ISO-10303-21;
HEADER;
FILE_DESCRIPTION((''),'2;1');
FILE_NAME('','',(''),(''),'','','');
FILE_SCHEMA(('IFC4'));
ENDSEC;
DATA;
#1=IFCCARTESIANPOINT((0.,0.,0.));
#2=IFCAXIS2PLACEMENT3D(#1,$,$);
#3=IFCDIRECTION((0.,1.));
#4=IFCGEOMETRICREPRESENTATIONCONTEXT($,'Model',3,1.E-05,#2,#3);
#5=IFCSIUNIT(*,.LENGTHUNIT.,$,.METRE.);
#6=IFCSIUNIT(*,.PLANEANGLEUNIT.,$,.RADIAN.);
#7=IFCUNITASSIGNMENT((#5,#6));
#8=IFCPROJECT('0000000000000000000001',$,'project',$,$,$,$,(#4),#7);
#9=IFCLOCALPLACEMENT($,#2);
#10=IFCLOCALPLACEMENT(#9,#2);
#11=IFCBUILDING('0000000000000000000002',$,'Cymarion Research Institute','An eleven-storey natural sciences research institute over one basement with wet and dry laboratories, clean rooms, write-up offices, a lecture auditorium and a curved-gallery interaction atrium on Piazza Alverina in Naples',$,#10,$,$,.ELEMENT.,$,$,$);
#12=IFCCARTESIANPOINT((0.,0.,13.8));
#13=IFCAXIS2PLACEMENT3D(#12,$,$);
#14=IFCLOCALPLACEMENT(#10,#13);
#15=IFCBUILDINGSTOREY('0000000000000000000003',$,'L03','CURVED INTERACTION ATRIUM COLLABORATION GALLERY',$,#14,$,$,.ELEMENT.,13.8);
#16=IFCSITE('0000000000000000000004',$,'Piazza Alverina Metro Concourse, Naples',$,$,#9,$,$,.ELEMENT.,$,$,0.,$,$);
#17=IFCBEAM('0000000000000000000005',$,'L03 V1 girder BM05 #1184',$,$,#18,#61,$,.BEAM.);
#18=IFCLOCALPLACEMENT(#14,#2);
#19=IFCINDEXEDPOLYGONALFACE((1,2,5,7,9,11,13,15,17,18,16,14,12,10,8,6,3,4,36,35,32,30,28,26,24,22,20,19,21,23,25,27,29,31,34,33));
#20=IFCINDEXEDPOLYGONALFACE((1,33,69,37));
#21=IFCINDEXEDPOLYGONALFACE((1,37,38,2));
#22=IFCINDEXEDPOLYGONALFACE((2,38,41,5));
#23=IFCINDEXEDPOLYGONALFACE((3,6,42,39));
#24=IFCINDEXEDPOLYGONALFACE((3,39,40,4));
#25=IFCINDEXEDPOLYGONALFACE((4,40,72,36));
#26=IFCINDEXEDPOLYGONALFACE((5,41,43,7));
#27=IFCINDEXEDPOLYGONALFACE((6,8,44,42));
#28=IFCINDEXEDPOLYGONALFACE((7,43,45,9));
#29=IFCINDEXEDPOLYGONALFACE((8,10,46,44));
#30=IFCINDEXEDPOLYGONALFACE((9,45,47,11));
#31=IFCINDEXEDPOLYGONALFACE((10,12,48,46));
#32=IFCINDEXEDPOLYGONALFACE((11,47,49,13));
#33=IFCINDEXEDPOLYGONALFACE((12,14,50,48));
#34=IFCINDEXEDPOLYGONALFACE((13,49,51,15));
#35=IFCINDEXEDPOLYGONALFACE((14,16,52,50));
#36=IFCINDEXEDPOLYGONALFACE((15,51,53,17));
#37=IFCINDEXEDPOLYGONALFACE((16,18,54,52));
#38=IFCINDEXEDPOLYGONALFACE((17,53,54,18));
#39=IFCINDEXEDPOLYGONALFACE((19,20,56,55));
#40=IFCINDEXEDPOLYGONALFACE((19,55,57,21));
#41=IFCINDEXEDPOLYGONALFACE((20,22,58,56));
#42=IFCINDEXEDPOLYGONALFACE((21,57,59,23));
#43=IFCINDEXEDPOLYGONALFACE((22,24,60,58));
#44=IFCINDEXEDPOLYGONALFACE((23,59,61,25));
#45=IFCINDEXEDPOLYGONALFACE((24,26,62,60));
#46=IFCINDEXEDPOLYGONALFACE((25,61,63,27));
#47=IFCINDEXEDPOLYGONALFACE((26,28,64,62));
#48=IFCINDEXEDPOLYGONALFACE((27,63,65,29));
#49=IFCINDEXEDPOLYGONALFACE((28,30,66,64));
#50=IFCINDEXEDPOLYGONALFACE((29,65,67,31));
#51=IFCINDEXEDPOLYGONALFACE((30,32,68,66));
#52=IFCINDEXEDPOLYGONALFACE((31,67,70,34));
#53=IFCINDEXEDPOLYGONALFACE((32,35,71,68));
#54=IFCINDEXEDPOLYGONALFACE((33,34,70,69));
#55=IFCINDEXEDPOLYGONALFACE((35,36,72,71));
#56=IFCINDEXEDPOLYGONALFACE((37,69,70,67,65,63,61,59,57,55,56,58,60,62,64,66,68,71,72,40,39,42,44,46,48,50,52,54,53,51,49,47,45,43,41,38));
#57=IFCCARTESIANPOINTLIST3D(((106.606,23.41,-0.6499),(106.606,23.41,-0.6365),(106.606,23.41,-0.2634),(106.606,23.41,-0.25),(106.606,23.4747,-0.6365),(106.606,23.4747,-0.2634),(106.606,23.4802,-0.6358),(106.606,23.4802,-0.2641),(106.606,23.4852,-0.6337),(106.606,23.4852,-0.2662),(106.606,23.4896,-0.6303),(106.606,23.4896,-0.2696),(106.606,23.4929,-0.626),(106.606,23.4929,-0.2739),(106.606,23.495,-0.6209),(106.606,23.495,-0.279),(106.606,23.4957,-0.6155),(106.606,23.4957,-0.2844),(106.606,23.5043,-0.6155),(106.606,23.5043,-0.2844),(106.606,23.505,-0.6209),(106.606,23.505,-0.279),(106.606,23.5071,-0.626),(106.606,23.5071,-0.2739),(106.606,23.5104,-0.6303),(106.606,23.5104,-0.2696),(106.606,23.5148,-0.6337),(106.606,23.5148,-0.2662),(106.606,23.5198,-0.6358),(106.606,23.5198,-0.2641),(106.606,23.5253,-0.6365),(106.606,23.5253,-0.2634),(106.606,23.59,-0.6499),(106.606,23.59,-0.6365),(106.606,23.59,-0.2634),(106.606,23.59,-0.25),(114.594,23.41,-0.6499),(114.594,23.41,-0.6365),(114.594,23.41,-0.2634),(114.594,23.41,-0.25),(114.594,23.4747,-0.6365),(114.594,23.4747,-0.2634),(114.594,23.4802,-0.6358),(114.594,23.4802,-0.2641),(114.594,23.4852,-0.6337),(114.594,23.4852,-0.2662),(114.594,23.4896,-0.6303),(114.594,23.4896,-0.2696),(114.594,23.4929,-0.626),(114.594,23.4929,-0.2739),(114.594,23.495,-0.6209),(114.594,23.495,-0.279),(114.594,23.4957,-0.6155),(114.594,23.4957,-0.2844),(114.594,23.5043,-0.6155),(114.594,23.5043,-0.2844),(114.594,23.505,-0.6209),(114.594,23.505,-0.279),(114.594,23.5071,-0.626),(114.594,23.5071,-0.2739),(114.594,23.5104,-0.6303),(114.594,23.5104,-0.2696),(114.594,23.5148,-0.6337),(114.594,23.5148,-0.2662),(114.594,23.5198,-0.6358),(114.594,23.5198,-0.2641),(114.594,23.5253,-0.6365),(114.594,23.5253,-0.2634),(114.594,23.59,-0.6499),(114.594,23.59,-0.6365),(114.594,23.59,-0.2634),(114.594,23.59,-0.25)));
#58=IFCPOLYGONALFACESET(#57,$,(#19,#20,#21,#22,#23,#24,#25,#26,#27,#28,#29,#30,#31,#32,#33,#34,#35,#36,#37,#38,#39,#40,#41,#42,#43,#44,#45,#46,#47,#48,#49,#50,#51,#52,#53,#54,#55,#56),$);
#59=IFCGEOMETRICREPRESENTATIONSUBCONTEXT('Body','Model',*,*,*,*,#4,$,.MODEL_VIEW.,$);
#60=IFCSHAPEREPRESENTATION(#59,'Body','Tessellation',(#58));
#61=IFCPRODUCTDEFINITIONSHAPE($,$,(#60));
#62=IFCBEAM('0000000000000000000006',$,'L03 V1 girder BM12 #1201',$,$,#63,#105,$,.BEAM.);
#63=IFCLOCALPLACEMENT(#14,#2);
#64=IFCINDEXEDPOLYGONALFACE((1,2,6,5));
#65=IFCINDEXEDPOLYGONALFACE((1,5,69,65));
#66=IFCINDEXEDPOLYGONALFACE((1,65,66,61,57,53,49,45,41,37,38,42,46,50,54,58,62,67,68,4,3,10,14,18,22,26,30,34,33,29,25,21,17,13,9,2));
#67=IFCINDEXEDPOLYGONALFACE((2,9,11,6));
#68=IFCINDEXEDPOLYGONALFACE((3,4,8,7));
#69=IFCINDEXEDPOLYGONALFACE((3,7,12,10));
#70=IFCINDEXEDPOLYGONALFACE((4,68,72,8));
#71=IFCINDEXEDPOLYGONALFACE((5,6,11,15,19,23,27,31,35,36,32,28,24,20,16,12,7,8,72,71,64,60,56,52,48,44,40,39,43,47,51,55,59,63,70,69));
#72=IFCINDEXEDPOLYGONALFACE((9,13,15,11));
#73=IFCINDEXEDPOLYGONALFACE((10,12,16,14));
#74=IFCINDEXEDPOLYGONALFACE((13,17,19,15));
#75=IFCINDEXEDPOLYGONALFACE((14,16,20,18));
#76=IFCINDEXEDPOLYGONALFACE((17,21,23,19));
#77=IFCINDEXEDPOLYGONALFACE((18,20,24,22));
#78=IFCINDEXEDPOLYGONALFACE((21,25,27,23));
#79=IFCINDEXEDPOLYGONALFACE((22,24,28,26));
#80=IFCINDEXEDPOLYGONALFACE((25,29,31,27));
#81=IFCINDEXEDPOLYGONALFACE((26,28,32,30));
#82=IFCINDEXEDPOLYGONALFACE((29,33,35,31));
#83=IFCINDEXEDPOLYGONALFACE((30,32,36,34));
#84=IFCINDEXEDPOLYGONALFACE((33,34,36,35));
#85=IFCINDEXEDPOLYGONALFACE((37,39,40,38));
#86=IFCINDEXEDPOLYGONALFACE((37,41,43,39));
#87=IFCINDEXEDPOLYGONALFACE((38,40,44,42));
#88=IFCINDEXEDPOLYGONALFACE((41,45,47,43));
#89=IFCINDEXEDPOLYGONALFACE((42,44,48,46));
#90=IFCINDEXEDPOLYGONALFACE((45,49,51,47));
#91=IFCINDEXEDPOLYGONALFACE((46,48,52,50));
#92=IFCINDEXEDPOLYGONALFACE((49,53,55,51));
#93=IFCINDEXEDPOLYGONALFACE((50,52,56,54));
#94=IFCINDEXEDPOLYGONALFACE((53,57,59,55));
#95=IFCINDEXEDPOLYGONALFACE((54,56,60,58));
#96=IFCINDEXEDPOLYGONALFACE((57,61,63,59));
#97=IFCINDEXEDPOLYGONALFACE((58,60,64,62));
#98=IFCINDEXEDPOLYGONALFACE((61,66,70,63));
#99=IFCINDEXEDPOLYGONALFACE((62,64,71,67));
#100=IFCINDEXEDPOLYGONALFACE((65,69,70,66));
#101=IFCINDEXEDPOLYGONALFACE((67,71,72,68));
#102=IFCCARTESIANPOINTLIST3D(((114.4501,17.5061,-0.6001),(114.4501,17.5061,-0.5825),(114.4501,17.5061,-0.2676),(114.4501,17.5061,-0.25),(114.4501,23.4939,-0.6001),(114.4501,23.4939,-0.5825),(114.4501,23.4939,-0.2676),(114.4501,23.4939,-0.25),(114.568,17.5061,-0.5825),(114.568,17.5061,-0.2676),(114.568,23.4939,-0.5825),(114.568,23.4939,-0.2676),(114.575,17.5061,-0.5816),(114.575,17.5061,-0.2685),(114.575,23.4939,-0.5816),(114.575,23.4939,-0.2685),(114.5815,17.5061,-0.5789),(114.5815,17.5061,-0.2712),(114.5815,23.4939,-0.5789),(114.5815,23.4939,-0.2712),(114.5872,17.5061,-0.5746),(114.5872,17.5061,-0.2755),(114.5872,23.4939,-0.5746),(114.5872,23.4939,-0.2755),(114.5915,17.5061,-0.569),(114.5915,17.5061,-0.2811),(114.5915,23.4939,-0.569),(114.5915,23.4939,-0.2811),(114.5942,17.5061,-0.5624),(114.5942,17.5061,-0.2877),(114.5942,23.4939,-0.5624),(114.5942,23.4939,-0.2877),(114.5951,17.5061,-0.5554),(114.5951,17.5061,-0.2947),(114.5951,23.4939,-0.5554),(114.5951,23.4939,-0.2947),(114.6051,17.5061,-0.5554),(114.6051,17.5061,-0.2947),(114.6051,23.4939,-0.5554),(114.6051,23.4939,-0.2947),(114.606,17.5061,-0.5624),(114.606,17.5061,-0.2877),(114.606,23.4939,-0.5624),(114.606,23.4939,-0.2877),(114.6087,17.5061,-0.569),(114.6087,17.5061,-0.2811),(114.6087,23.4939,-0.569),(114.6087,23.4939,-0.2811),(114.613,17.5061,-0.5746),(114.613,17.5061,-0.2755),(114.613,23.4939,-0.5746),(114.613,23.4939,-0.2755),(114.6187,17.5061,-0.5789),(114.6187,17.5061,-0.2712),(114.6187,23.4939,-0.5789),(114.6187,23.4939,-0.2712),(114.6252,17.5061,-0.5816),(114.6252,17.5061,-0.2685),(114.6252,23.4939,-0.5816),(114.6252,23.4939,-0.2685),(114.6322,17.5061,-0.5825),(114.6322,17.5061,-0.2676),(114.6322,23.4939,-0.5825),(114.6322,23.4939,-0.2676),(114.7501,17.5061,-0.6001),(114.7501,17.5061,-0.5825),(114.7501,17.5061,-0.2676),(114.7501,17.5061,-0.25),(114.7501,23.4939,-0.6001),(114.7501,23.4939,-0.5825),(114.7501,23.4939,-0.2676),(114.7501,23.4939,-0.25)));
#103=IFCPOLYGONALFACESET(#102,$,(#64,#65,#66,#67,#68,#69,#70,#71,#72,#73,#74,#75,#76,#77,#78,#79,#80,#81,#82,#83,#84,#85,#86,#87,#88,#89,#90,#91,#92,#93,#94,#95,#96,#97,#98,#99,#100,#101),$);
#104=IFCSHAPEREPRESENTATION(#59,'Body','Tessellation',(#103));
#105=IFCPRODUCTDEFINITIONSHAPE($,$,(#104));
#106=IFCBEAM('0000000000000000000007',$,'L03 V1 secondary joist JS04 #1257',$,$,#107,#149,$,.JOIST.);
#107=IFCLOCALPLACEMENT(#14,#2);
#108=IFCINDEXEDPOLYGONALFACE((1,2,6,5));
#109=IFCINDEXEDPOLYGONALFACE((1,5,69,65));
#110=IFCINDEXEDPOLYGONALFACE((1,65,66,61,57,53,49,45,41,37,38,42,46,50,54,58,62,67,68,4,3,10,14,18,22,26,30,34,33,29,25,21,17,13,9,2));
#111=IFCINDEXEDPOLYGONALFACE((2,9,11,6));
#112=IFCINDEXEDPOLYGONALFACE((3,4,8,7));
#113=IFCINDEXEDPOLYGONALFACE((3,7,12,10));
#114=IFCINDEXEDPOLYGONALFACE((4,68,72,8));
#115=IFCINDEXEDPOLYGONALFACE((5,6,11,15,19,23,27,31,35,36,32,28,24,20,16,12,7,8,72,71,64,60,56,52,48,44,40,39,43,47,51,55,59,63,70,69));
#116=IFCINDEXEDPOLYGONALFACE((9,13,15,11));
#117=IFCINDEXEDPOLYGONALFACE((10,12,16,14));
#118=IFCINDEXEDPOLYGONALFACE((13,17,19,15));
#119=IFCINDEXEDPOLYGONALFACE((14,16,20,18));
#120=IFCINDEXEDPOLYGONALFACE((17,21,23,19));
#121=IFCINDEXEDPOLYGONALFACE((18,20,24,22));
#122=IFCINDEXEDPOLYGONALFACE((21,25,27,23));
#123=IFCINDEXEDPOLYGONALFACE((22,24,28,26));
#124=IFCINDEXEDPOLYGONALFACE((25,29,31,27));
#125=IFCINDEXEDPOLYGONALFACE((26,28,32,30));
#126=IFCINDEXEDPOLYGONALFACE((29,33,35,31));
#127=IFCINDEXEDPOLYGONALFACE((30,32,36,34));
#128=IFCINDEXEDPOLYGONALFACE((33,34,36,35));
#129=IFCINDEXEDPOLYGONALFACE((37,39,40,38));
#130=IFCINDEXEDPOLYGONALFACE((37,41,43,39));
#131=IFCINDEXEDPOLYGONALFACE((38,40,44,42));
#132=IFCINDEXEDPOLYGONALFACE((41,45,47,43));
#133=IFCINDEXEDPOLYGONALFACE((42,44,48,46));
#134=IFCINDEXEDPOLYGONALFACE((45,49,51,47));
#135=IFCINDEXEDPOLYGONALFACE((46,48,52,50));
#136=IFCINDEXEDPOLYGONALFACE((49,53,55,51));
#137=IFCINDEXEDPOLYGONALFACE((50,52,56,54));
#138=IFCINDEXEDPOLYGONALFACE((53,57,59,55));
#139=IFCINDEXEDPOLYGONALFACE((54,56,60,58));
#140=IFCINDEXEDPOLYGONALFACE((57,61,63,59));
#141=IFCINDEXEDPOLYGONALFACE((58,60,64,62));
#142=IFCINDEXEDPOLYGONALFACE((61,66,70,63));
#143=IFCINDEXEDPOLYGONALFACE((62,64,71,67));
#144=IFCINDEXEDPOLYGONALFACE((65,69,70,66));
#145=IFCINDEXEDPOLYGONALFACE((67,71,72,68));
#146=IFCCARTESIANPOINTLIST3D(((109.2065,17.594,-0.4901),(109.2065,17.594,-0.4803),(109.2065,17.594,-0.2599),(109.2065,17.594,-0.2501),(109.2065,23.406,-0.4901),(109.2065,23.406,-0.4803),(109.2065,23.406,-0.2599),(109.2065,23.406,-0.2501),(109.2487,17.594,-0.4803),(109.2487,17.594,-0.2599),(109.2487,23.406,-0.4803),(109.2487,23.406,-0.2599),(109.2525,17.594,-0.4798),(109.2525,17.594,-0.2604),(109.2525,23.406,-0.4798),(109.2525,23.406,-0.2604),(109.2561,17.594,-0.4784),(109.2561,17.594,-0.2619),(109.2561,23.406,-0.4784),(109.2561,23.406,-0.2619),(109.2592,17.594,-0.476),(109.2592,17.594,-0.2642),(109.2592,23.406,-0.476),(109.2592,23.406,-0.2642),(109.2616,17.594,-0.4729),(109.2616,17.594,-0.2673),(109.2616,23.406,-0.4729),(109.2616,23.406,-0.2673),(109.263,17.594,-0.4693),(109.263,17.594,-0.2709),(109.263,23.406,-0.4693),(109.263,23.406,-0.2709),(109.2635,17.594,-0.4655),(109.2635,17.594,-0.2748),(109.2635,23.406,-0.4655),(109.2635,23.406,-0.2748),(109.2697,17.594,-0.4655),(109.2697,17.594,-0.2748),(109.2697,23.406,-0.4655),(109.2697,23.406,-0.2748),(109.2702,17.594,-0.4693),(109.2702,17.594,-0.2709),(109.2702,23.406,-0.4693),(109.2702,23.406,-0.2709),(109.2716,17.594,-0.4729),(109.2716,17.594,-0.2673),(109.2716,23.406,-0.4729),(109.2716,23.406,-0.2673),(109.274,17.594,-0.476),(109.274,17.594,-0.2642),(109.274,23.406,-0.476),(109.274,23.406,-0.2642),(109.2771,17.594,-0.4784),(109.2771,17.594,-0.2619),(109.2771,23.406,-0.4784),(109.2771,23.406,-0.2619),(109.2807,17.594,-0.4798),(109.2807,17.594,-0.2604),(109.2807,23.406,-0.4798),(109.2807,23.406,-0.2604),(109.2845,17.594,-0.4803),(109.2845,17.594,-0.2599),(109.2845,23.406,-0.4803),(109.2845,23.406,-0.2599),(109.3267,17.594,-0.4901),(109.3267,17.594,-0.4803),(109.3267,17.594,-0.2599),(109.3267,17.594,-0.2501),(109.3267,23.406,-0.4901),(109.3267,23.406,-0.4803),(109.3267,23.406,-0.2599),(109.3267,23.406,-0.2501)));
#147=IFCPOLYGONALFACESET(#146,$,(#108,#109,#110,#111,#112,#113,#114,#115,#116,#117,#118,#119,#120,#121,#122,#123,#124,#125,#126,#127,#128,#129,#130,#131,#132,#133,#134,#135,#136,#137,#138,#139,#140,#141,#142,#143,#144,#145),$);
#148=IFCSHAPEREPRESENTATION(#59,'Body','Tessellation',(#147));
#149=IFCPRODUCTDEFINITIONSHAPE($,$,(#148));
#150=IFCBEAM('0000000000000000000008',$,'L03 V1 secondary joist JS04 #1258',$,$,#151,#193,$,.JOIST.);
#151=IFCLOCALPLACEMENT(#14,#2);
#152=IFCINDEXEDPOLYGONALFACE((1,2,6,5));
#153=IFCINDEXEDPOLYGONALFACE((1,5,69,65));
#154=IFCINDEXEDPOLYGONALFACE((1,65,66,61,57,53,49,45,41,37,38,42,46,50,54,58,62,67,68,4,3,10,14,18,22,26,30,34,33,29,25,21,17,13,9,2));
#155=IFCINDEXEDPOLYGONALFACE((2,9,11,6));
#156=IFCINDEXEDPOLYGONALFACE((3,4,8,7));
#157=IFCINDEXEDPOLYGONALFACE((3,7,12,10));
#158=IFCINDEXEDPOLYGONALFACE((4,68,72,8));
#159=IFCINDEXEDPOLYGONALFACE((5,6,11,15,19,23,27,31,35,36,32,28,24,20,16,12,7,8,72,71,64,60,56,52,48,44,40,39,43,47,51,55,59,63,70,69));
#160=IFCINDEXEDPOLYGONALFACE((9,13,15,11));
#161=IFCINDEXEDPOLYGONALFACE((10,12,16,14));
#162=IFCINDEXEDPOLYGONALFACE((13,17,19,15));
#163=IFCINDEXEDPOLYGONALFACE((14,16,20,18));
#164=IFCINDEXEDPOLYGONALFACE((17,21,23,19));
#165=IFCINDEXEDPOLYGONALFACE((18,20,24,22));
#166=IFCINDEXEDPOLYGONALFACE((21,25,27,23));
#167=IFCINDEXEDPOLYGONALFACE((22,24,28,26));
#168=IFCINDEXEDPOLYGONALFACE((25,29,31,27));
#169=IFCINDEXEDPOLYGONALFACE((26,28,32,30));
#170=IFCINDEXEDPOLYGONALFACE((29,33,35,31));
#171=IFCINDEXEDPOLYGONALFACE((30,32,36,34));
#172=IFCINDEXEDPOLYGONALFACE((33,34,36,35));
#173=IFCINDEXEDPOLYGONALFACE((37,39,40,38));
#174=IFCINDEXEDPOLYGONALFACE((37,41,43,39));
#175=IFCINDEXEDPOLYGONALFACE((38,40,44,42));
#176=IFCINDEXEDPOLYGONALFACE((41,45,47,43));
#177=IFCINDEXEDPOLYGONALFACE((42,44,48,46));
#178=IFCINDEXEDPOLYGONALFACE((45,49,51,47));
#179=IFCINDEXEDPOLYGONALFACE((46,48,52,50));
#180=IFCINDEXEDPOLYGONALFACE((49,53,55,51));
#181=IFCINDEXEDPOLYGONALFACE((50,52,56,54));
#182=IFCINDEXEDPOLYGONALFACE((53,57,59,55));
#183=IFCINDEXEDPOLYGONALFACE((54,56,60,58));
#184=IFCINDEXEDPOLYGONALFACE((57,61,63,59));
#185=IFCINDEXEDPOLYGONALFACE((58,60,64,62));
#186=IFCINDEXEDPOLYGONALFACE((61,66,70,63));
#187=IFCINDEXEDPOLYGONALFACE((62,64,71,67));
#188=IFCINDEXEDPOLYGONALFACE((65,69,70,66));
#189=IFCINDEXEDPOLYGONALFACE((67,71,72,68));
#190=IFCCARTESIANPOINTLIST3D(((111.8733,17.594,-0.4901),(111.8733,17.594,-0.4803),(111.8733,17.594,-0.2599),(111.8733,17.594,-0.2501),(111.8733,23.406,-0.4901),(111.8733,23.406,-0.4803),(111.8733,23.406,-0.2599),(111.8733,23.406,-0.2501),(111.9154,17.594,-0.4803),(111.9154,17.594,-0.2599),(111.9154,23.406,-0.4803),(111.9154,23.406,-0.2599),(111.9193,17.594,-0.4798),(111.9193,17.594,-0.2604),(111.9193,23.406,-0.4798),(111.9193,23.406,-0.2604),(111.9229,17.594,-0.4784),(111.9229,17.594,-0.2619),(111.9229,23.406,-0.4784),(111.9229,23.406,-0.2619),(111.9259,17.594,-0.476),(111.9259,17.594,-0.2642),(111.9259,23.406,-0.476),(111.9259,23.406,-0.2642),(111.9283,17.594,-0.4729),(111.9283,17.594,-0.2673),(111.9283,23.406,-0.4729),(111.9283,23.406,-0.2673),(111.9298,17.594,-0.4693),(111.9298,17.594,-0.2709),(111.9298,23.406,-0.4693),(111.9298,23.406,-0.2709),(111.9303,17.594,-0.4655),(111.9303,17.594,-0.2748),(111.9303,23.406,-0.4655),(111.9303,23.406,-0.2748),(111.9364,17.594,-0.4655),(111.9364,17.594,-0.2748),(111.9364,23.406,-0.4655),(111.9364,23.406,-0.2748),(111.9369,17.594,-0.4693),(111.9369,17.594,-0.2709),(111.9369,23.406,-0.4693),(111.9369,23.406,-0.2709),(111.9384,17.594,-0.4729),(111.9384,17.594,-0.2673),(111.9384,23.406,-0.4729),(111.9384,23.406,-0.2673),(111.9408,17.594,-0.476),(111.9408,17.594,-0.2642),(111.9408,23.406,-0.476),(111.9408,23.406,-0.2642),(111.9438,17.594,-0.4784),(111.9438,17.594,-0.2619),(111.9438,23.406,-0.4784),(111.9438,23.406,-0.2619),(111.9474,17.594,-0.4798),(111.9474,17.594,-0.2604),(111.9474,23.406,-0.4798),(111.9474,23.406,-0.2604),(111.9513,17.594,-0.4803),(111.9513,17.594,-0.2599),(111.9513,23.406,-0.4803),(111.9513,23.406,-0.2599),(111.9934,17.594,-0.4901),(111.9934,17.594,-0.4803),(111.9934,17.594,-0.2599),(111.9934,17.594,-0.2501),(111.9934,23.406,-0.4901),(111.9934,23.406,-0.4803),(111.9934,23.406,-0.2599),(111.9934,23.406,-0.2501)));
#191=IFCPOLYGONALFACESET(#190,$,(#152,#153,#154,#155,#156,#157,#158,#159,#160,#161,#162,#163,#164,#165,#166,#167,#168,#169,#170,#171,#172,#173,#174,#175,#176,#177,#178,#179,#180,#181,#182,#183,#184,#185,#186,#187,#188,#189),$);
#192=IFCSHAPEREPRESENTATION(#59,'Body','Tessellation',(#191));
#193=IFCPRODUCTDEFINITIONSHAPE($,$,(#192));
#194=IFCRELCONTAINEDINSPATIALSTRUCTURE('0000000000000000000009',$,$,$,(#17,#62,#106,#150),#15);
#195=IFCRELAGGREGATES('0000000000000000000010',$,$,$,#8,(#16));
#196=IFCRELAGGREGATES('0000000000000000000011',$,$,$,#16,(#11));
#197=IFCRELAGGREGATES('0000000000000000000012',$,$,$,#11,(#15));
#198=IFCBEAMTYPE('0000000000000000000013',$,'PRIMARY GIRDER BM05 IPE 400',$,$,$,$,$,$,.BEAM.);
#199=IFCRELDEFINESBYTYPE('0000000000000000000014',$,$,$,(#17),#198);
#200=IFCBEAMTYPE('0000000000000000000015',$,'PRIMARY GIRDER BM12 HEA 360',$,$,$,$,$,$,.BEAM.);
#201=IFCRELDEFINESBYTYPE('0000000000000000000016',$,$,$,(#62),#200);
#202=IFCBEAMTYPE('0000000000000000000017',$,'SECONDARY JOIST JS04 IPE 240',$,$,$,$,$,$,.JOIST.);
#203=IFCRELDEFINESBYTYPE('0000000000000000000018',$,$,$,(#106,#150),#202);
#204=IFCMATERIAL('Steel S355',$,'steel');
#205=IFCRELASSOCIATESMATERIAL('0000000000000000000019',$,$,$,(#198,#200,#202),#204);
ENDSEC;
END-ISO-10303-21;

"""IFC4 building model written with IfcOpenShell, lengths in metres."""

from ifc_helpers import new_model, si_unit, direction, frame, origin, origin_2d, place, context, subcontext, project, spatial, i_section, extrude, material, material_profile, profile_set, type_object, element, save


model = new_model("IFC4")

# Units and contexts
model_context = context("Model", 3, precision=1e-05, world=origin(), true_north=direction((0.0, 1.0)))
body_context = subcontext(model_context, "Body", "Model", "MODEL_VIEW")
ifc_project = project(units=[si_unit("LENGTHUNIT", "METRE"), si_unit("PLANEANGLEUNIT", "RADIAN")], contexts=[model_context])

# Site, building, storey
site_placement = place(None, origin())
site = spatial("IfcSite", under=ifc_project, at=site_placement, Name="Piazza Alverina Metro Concourse, Naples", CompositionType="ELEMENT", RefElevation=0.0)
building_placement = place(site_placement, origin())
building = spatial("IfcBuilding", under=site, at=building_placement, Name="Cymarion Research Institute", Description="An eleven-storey natural sciences research institute over one basement with wet and dry laboratories, clean rooms, write-up offices, a lecture auditorium and a curved-gallery interaction atrium on Piazza Alverina in Naples", CompositionType="ELEMENT")
storey_placement = place(building_placement, frame((0.0, 0.0, 13.8)))
storey = spatial("IfcBuildingStorey", under=building, at=storey_placement, Name="L03", Description="CURVED INTERACTION ATRIUM COLLABORATION GALLERY", CompositionType="ELEMENT", Elevation=13.8)

# Shared definitions
ifc_material_1 = material(Name="Steel S355", Category="steel")

# Beams
ifc_material_profile_1 = material_profile(ifc_material_1, i_section(OverallWidth=0.1799, OverallDepth=0.3999, WebThickness=0.0085, FlangeThickness=0.0134, FilletRadius=0.021, at=origin_2d()), Name="IPE 400")
ifc_profile_set_1 = profile_set([ifc_material_profile_1], Name="Steel S355")
beam_type_1 = type_object("IfcBeamType", Name="PRIMARY GIRDER BM05 IPE 400", PredefinedType="BEAM", material=ifc_profile_set_1)
for number, where, z_axis, x_axis, name in (
    (1, (106.606, 23.5, -0.45), (1.0, 0.0, 0.0), (0.0, 1.0, 0.0), "L03 V1 girder BM05 #1184"),
):
    element("IfcBeam", number, at=place(storey_placement, frame(where, z_axis=z_axis, x_axis=x_axis)), inside=storey, type_object=beam_type_1, Name=name, PredefinedType="BEAM", context=body_context, shape_type="SweptSolid", body=[
        extrude(i_section(OverallWidth=0.1799, OverallDepth=0.3999, WebThickness=0.0085, FlangeThickness=0.0134, FilletRadius=0.021, at=origin_2d()), origin(), (0.0, 0.0, 1.0), 7.988),
    ])
ifc_material_profile_2 = material_profile(ifc_material_1, i_section(OverallWidth=0.3, OverallDepth=0.3501, WebThickness=0.01, FlangeThickness=0.0176, FilletRadius=0.0271, at=origin_2d()), Name="HEA 360")
ifc_profile_set_2 = profile_set([ifc_material_profile_2], Name="Steel S355")
beam_type_2 = type_object("IfcBeamType", Name="PRIMARY GIRDER BM12 HEA 360", PredefinedType="BEAM", material=ifc_profile_set_2)
beam_placement = place(storey_placement, frame((114.6001, 17.5061, -0.425), z_axis=(0.0, 1.0, 0.0), x_axis=(-1.0, 0.0, 0.0)))
element("IfcBeam", 2, at=beam_placement, inside=storey, type_object=beam_type_2, Name="L03 V1 girder BM12 #1201", PredefinedType="BEAM", context=body_context, shape_type="SweptSolid", body=[
    extrude(i_section(OverallWidth=0.3, OverallDepth=0.3501, WebThickness=0.01, FlangeThickness=0.0176, FilletRadius=0.0271, at=origin_2d()), origin(), (0.0, 0.0, 1.0), 5.9878),
])
ifc_material_profile_3 = material_profile(ifc_material_1, i_section(OverallWidth=0.1201, OverallDepth=0.24, WebThickness=0.0061, FlangeThickness=0.0098, FilletRadius=0.0149, at=origin_2d()), Name="IPE 240")
ifc_profile_set_3 = profile_set([ifc_material_profile_3], Name="Steel S355")
beam_type_3 = type_object("IfcBeamType", Name="SECONDARY JOIST JS04 IPE 240", PredefinedType="JOIST", material=ifc_profile_set_3)
for number, where, z_axis, x_axis, name in (
    (3, (109.2666, 17.594, -0.3701), (0.0, 1.0, 0.0), (-1.0, 0.0, 0.0), "L03 V1 secondary joist JS04 #1257"),
    (4, (111.9333, 17.594, -0.3701), (0.0, 1.0, 0.0), (-1.0, 0.0, 0.0), "L03 V1 secondary joist JS04 #1258"),
):
    element("IfcBeam", number, at=place(storey_placement, frame(where, z_axis=z_axis, x_axis=x_axis)), inside=storey, type_object=beam_type_3, Name=name, PredefinedType="JOIST", context=body_context, shape_type="SweptSolid", body=[
        extrude(i_section(OverallWidth=0.1201, OverallDepth=0.24, WebThickness=0.0061, FlangeThickness=0.0098, FilletRadius=0.0149, at=origin_2d()), origin(), (0.0, 0.0, 1.0), 5.812),
    ])

save(model, "model.ifc")
